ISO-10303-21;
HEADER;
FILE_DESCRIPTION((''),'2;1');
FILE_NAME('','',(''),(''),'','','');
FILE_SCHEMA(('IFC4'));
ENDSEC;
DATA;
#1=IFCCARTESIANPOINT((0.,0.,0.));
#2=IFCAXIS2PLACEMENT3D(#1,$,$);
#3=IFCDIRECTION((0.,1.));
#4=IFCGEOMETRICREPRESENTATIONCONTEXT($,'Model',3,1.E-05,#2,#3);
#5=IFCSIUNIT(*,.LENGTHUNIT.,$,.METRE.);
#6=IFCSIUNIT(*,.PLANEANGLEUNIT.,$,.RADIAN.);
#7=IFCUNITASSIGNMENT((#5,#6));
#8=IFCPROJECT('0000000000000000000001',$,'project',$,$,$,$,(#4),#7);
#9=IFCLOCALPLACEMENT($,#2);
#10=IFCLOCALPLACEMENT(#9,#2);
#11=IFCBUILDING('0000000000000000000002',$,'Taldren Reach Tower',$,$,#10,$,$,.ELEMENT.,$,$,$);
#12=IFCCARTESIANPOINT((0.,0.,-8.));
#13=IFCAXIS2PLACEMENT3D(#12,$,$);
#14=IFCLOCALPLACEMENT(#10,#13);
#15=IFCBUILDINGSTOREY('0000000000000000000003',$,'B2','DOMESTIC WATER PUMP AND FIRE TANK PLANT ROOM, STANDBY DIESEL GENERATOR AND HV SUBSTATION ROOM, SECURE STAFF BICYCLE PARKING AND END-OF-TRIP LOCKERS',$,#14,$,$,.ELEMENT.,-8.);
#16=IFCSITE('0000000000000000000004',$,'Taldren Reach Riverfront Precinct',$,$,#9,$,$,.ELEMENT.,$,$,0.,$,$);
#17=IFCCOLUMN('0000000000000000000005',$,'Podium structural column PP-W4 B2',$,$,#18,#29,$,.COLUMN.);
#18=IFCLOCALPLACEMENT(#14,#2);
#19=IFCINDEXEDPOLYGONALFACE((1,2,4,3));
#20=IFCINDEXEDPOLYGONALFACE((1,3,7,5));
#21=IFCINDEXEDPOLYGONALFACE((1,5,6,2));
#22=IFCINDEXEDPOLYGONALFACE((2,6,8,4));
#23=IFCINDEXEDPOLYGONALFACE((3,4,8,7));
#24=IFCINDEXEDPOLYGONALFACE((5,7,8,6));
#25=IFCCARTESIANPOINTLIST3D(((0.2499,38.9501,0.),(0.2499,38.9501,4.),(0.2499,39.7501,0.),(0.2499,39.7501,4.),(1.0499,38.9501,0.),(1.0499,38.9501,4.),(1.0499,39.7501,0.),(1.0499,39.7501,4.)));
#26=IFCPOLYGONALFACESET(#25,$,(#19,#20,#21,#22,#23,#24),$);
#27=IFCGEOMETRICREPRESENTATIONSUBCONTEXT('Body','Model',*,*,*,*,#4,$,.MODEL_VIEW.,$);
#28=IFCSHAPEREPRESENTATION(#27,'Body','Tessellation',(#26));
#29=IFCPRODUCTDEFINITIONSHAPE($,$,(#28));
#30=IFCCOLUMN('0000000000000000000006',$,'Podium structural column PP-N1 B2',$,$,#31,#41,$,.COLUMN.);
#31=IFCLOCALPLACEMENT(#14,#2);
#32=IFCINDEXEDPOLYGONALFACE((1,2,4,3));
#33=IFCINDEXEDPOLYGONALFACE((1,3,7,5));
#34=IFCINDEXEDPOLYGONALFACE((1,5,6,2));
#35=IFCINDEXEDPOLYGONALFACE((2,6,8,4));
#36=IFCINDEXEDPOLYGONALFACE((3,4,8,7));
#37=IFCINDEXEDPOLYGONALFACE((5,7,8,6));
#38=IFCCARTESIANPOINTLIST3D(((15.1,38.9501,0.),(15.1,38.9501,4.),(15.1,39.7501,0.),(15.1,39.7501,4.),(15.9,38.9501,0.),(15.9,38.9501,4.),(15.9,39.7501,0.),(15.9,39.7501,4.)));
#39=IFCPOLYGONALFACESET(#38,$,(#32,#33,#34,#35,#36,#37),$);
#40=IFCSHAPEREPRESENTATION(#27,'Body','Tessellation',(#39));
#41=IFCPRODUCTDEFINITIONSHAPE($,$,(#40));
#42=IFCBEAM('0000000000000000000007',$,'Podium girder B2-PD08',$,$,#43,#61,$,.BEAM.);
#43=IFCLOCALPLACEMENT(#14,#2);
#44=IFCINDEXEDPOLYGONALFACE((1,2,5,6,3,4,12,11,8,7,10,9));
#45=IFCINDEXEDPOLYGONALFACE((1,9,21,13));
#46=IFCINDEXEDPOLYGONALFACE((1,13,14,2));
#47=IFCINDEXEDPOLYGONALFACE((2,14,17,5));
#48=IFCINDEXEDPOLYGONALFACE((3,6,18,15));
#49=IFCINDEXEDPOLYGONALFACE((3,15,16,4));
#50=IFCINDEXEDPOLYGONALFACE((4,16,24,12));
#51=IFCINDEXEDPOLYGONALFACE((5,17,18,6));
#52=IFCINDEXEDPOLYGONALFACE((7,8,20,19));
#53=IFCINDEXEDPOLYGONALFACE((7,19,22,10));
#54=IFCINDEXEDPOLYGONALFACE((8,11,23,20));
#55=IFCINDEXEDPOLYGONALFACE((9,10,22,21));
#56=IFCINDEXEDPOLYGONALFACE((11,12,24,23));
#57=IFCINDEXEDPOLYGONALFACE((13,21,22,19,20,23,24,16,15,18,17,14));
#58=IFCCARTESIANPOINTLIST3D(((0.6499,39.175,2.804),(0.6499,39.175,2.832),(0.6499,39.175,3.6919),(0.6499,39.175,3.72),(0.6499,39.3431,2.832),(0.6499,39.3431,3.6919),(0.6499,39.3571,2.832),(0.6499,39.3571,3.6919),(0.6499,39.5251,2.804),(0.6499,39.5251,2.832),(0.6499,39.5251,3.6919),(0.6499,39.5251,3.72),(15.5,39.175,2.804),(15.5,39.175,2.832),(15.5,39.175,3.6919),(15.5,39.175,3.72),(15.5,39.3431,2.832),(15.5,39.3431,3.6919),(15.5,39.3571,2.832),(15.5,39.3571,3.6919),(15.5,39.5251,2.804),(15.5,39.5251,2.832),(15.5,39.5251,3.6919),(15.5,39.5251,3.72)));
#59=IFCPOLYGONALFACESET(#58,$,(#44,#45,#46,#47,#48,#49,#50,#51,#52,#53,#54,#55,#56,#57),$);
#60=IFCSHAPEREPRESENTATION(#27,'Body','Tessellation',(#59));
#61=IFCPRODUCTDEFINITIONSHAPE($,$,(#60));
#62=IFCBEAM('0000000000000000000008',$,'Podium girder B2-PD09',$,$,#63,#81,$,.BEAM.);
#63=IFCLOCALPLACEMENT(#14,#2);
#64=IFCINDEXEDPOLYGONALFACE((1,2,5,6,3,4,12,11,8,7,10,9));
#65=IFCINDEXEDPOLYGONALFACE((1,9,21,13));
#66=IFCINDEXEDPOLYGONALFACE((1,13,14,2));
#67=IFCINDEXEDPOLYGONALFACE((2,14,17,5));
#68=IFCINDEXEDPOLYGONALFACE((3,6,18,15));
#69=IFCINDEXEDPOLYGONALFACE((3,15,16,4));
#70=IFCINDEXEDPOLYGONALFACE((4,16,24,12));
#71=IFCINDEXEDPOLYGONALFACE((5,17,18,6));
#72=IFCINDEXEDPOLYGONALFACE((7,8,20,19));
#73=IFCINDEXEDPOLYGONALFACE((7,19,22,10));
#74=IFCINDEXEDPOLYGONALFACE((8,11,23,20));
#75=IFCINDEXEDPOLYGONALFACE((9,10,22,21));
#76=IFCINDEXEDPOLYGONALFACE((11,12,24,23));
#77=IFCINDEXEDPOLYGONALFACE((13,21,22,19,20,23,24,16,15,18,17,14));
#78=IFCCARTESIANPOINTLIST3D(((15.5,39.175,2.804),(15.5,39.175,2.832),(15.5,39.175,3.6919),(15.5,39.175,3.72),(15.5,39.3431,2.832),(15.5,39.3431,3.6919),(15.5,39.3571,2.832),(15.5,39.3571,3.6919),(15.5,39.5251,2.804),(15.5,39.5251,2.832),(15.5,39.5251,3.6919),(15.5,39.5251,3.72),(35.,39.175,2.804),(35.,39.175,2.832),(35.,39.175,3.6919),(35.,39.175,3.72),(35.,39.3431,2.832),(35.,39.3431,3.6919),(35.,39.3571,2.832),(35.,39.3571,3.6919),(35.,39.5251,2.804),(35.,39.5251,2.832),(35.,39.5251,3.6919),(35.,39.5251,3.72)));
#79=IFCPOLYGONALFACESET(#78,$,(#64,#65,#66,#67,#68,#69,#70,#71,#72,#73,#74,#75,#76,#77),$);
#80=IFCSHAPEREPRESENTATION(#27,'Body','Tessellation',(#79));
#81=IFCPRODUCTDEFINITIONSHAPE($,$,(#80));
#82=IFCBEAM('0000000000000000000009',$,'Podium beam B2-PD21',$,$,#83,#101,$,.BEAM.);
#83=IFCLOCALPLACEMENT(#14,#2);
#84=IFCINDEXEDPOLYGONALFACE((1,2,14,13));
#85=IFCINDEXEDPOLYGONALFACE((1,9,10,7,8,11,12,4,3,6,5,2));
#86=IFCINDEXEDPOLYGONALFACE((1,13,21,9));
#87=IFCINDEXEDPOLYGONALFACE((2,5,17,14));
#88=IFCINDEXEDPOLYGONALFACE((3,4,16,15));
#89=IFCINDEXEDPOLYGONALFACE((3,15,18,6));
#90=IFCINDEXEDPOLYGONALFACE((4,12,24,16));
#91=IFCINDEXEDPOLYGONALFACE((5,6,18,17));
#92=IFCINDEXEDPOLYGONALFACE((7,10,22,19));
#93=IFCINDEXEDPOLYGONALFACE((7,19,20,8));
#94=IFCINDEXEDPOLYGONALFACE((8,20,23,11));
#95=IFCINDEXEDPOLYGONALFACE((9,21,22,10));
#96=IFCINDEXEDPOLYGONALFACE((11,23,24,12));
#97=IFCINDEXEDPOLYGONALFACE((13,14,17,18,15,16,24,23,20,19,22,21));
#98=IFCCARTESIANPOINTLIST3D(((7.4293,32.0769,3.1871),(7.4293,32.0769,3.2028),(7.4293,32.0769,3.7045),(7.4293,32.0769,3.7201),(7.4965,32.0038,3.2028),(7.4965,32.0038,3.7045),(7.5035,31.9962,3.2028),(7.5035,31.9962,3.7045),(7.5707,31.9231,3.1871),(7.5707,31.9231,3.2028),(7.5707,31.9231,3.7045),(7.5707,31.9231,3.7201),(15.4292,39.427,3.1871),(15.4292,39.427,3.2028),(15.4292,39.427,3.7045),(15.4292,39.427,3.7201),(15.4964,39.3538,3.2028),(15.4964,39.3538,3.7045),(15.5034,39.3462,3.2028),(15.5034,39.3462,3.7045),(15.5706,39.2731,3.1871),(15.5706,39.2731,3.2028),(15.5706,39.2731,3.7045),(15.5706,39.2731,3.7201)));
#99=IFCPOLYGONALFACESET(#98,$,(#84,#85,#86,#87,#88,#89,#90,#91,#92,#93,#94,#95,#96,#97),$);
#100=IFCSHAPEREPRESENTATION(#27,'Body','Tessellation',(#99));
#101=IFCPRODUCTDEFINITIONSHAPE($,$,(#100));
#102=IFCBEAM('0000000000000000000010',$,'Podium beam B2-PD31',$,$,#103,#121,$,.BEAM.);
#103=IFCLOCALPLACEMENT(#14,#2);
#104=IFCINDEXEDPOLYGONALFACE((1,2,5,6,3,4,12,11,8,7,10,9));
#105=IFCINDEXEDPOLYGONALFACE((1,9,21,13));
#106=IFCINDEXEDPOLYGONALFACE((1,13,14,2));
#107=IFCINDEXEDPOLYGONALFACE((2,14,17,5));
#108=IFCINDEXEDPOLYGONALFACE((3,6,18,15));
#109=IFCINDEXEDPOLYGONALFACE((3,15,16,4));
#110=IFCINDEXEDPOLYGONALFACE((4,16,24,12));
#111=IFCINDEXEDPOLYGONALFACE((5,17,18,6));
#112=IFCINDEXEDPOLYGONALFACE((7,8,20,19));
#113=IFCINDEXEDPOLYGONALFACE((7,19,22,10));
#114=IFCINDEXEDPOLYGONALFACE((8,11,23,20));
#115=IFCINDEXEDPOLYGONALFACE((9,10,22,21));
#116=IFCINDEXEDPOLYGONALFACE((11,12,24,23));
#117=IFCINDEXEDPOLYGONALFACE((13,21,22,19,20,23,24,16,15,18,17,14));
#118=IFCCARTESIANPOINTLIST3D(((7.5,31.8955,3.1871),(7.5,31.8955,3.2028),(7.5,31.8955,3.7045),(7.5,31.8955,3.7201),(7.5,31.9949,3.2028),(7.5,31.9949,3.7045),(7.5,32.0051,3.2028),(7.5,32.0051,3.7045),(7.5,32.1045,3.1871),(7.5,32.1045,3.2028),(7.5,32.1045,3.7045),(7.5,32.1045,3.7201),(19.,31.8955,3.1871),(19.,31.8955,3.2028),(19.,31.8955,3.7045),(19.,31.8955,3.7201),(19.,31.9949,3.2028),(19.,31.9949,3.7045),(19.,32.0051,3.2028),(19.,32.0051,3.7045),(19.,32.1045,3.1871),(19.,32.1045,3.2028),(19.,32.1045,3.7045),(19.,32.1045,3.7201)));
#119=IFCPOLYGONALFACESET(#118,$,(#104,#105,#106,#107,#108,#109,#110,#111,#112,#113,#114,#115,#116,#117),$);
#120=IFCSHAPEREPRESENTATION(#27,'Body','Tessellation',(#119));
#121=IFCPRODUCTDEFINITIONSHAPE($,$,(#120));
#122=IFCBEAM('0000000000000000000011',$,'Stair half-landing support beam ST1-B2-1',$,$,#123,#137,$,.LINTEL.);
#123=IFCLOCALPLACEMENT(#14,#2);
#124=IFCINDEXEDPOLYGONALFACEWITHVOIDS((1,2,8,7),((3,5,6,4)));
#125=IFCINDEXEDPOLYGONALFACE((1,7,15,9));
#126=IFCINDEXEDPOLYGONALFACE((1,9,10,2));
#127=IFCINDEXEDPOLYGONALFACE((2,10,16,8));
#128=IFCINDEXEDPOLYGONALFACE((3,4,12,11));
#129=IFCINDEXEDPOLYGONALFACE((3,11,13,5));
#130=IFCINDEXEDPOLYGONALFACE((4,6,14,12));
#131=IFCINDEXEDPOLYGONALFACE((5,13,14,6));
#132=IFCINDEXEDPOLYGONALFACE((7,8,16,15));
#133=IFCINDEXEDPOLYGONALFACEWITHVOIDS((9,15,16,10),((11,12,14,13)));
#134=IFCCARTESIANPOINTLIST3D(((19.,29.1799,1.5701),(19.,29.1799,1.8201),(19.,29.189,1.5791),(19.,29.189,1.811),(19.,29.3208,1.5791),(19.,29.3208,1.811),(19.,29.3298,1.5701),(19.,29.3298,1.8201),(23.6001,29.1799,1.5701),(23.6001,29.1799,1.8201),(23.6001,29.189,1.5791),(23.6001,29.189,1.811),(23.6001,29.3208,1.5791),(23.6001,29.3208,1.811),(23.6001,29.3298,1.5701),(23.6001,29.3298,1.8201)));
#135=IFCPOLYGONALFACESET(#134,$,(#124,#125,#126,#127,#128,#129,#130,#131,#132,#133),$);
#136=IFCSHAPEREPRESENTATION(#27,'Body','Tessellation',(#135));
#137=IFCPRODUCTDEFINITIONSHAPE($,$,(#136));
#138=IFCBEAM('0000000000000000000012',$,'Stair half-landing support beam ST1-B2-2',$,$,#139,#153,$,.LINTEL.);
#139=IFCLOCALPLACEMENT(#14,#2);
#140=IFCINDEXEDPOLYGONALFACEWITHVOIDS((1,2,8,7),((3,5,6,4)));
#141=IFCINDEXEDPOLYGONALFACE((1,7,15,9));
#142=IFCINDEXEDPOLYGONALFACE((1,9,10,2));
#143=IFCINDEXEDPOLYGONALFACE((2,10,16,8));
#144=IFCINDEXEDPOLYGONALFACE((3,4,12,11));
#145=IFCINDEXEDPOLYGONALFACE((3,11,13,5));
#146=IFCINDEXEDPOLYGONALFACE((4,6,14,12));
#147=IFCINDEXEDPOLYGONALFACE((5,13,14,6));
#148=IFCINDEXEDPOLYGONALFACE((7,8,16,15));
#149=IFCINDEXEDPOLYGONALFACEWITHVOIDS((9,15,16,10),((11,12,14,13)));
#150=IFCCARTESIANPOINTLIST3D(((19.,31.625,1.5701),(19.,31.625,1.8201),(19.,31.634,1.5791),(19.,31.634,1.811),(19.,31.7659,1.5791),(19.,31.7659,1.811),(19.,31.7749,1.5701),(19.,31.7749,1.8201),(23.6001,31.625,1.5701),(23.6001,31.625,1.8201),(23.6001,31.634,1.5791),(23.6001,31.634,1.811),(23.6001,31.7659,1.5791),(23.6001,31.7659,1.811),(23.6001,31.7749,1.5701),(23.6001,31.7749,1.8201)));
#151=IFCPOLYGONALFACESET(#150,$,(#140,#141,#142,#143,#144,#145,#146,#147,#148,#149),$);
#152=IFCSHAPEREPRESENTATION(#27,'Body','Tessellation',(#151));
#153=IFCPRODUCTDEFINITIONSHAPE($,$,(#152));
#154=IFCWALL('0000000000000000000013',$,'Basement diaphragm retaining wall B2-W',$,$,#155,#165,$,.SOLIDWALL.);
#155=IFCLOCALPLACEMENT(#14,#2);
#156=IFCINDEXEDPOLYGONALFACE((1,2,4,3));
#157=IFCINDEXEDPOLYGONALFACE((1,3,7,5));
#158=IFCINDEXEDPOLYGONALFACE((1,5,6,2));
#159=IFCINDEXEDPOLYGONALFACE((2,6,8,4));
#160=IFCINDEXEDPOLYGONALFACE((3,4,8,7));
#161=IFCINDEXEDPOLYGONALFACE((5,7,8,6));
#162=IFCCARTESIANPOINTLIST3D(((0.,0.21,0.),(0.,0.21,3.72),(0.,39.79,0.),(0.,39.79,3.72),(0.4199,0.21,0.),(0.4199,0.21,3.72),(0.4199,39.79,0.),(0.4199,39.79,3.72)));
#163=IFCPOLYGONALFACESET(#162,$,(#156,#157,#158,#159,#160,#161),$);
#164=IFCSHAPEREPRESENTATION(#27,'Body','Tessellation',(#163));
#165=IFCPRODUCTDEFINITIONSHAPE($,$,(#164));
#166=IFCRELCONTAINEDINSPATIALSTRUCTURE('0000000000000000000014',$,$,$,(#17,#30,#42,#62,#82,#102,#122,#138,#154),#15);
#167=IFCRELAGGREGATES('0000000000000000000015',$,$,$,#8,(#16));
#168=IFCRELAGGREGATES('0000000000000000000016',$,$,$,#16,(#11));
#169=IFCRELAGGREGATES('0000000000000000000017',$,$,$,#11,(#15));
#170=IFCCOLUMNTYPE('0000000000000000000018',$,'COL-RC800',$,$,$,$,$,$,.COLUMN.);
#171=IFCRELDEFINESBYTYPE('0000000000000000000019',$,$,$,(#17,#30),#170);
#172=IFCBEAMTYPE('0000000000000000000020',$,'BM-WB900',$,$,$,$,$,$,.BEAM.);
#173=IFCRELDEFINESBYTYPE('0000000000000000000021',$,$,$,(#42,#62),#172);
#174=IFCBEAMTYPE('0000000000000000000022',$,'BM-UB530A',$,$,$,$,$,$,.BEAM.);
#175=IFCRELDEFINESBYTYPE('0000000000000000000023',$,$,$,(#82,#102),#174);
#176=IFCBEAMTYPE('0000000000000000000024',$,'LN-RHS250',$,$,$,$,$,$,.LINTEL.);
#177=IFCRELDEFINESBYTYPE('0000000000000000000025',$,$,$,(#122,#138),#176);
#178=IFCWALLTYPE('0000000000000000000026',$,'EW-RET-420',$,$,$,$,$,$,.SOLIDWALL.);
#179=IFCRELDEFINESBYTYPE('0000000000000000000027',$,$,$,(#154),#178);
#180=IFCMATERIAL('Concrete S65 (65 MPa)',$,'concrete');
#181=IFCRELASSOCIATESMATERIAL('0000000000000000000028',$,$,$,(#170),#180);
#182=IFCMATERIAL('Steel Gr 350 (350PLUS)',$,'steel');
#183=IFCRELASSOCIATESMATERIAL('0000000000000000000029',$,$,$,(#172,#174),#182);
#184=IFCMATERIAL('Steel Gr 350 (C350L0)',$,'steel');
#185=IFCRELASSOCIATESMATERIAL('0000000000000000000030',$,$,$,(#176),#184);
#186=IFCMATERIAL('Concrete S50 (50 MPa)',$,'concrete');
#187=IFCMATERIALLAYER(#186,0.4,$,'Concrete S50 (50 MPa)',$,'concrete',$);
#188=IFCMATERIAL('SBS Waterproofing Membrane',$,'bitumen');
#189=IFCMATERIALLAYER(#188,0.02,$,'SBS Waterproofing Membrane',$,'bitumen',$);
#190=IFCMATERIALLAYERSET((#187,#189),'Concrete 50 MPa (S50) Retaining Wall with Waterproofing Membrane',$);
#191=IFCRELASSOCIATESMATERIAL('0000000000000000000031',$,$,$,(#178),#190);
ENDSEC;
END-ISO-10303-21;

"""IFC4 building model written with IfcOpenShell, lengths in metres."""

from ifc_helpers import new_model, si_unit, direction, frame, frame_2d, origin, origin_2d, place, context, subcontext, project, spatial, rectangle, hollow_rectangle, i_section, extrude, source, transform, mapped, material, layer, layer_set, material_profile, profile_set, type_object, element, save


model = new_model("IFC4")

# Units and contexts
model_context = context("Model", 3, precision=1e-05, world=origin(), true_north=direction((0.0, 1.0)))
body_context = subcontext(model_context, "Body", "Model", "MODEL_VIEW")
ifc_project = project(units=[si_unit("LENGTHUNIT", "METRE"), si_unit("PLANEANGLEUNIT", "RADIAN")], contexts=[model_context])

# Site, building, storey
site_placement = place(None, origin())
site = spatial("IfcSite", under=ifc_project, at=site_placement, Name="Taldren Reach Riverfront Precinct", CompositionType="ELEMENT", RefElevation=0.0)
building_placement = place(site_placement, origin())
building = spatial("IfcBuilding", under=site, at=building_placement, Name="Taldren Reach Tower", CompositionType="ELEMENT")
storey_placement = place(building_placement, frame((0.0, 0.0, -8.0)))
storey = spatial("IfcBuildingStorey", under=building, at=storey_placement, Name="B2", Description="DOMESTIC WATER PUMP AND FIRE TANK PLANT ROOM, STANDBY DIESEL GENERATOR AND HV SUBSTATION ROOM, SECURE STAFF BICYCLE PARKING AND END-OF-TRIP LOCKERS", CompositionType="ELEMENT", Elevation=-8.0)

# Shared definitions
ifc_material_1 = material(Name="Concrete S65 (65 MPa)", Category="concrete")

# Shared definitions
ifc_material_2 = material(Name="Concrete S50 (50 MPa)", Category="concrete")

# Columns
ifc_material_profile_1 = material_profile(ifc_material_1, rectangle(XDim=0.8, YDim=0.8, at=origin_2d()), Name="RC-800x800")
ifc_profile_set_1 = profile_set([ifc_material_profile_1], Name="Concrete S65 (65 MPa)")
column_type_1 = type_object("IfcColumnType", Name="COL-RC800", PredefinedType="COLUMN", material=ifc_profile_set_1)
shared_shape_1 = source(origin(), body_context, "Body", "SweptSolid", [
    extrude(rectangle(XDim=0.8, YDim=0.8, at=origin_2d()), origin(), (0.0, 0.0, 1.0), 4.0),
])
for number, where, z_axis, x_axis, name in (
    (1, (0.6499, 39.3501, 0.0), (0.0, 0.0, 1.0), (1.0, 0.0, 0.0), "Podium structural column PP-W4 B2"),
    (2, (15.5, 39.3501, 0.0), (0.0, 0.0, 1.0), (1.0, 0.0, 0.0), "Podium structural column PP-N1 B2"),
):
    element("IfcColumn", number, at=place(storey_placement, frame(where, z_axis=z_axis, x_axis=x_axis)), inside=storey, type_object=column_type_1, Name=name, PredefinedType="COLUMN", context=body_context, shape_type="MappedRepresentation", body=[
        mapped(shared_shape_1, transform((0.0, 0.0, 0.0), scale=1.0)),
    ])

# Beams
ifc_material_3 = material(Name="Steel Gr 350 (350PLUS)", Category="steel")
ifc_material_profile_2 = material_profile(ifc_material_3, i_section(OverallWidth=0.3501, OverallDepth=0.916, WebThickness=0.0139, FlangeThickness=0.0281, at=origin_2d()), Name="900WB257")
ifc_profile_set_2 = profile_set([ifc_material_profile_2], Name="Steel Gr 350 (350PLUS)")
beam_type_1 = type_object("IfcBeamType", Name="BM-WB900", PredefinedType="BEAM", material=ifc_profile_set_2)
shared_shape_2 = source(origin(), body_context, "Body", "SweptSolid", [
    extrude(i_section(OverallWidth=0.3501, OverallDepth=0.916, WebThickness=0.0139, FlangeThickness=0.0281, at=origin_2d()), origin(), (0.0, 0.0, 1.0), 14.8501),
])
beam_1_placement = place(storey_placement, frame((0.6499, 39.3501, 3.262), z_axis=(1.0, 0.0, 0.0), x_axis=(0.0, 1.0, 0.0)))
element("IfcBeam", 3, at=beam_1_placement, inside=storey, type_object=beam_type_1, Name="Podium girder B2-PD08", PredefinedType="BEAM", context=body_context, shape_type="MappedRepresentation", body=[
    mapped(shared_shape_2, transform((0.0, 0.0, 0.0), scale=1.0)),
])
shared_shape_3 = source(origin(), body_context, "Body", "SweptSolid", [
    extrude(i_section(OverallWidth=0.3501, OverallDepth=0.916, WebThickness=0.0139, FlangeThickness=0.0281, at=origin_2d()), origin(), (0.0, 0.0, 1.0), 19.5),
])
beam_2_placement = place(storey_placement, frame((15.5, 39.3501, 3.262), z_axis=(1.0, 0.0, 0.0), x_axis=(0.0, 1.0, 0.0)))
element("IfcBeam", 4, at=beam_2_placement, inside=storey, type_object=beam_type_1, Name="Podium girder B2-PD09", PredefinedType="BEAM", context=body_context, shape_type="MappedRepresentation", body=[
    mapped(shared_shape_3, transform((0.0, 0.0, 0.0), scale=1.0)),
])
ifc_material_profile_3 = material_profile(ifc_material_3, i_section(OverallWidth=0.209, OverallDepth=0.533, WebThickness=0.0103, FlangeThickness=0.0156, at=origin_2d()), Name="530UB92.4")
ifc_profile_set_3 = profile_set([ifc_material_profile_3], Name="Steel Gr 350 (350PLUS)")
beam_type_2 = type_object("IfcBeamType", Name="BM-UB530A", PredefinedType="BEAM", material=ifc_profile_set_3)
shared_shape_4 = source(origin(), body_context, "Body", "SweptSolid", [
    extrude(i_section(OverallWidth=0.209, OverallDepth=0.533, WebThickness=0.0103, FlangeThickness=0.0156, at=origin_2d()), origin(), (0.0, 0.0, 1.0), 10.8638),
])
beam_3_placement = place(storey_placement, frame((7.5, 32.0, 3.4536), z_axis=(0.736385, 0.676563, 0.0), x_axis=(-0.676563, 0.736385, 0.0)))
element("IfcBeam", 5, at=beam_3_placement, inside=storey, type_object=beam_type_2, Name="Podium beam B2-PD21", PredefinedType="BEAM", context=body_context, shape_type="MappedRepresentation", body=[
    mapped(shared_shape_4, transform((0.0, 0.0, 0.0), scale=1.0)),
])
shared_shape_5 = source(origin(), body_context, "Body", "SweptSolid", [
    extrude(i_section(OverallWidth=0.209, OverallDepth=0.533, WebThickness=0.0103, FlangeThickness=0.0156, at=origin_2d()), origin(), (0.0, 0.0, 1.0), 11.5),
])
beam_4_placement = place(storey_placement, frame((7.5, 32.0, 3.4536), z_axis=(1.0, 0.0, 0.0), x_axis=(0.0, 1.0, 0.0)))
element("IfcBeam", 6, at=beam_4_placement, inside=storey, type_object=beam_type_2, Name="Podium beam B2-PD31", PredefinedType="BEAM", context=body_context, shape_type="MappedRepresentation", body=[
    mapped(shared_shape_5, transform((0.0, 0.0, 0.0), scale=1.0)),
])
ifc_material_4 = material(Name="Steel Gr 350 (C350L0)", Category="steel")
ifc_material_profile_4 = material_profile(ifc_material_4, hollow_rectangle(XDim=0.1499, YDim=0.25, WallThickness=0.009, at=origin_2d()), Name="250x150x9.0RHS")
ifc_profile_set_4 = profile_set([ifc_material_profile_4], Name="Steel Gr 350 (C350L0)")
beam_type_3 = type_object("IfcBeamType", Name="LN-RHS250", PredefinedType="LINTEL", material=ifc_profile_set_4)
shared_shape_6 = source(origin(), body_context, "Body", "SweptSolid", [
    extrude(hollow_rectangle(XDim=0.1499, YDim=0.25, WallThickness=0.009, at=origin_2d()), origin(), (0.0, 0.0, 1.0), 4.6001),
])
for number, where, z_axis, x_axis, name in (
    (7, (19.0, 29.2549, 1.6951), (1.0, 0.0, 0.0), (0.0, 1.0, 0.0), "Stair half-landing support beam ST1-B2-1"),
    (8, (19.0, 31.7, 1.6951), (1.0, 0.0, 0.0), (0.0, 1.0, 0.0), "Stair half-landing support beam ST1-B2-2"),
):
    element("IfcBeam", number, at=place(storey_placement, frame(where, z_axis=z_axis, x_axis=x_axis)), inside=storey, type_object=beam_type_3, Name=name, PredefinedType="LINTEL", context=body_context, shape_type="MappedRepresentation", body=[
        mapped(shared_shape_6, transform((0.0, 0.0, 0.0), scale=1.0)),
    ])

# Wall
ifc_layer_1 = layer(ifc_material_2, 0.4, Name="Concrete S50 (50 MPa)", Category="concrete")
ifc_material_5 = material(Name="SBS Waterproofing Membrane", Category="bitumen")
ifc_layer_2 = layer(ifc_material_5, 0.02, Name="SBS Waterproofing Membrane", Category="bitumen")
ifc_layer_set_1 = layer_set([ifc_layer_1, ifc_layer_2], Name="Concrete 50 MPa (S50) Retaining Wall with Waterproofing Membrane")
wall_type_1 = type_object("IfcWallType", Name="EW-RET-420", PredefinedType="SOLIDWALL", material=ifc_layer_set_1)
shared_shape_7 = source(origin(), body_context, "Body", "SweptSolid", [
    extrude(rectangle(XDim=39.5801, YDim=0.4199, at=frame_2d((19.79, 0.0))), origin(), (0.0, 0.0, 1.0), 3.72),
])
wall_1_placement = place(storey_placement, frame((0.21, 39.79, 0.0), z_axis=(0.0, 0.0, 1.0), x_axis=(0.0, -1.0, 0.0)))
element("IfcWall", 9, at=wall_1_placement, inside=storey, type_object=wall_type_1, Name="Basement diaphragm retaining wall B2-W", PredefinedType="SOLIDWALL", context=body_context, shape_type="MappedRepresentation", body=[
    mapped(shared_shape_7, transform((0.0, 0.0, 0.0), scale=1.0)),
])

save(model, "model.ifc")
